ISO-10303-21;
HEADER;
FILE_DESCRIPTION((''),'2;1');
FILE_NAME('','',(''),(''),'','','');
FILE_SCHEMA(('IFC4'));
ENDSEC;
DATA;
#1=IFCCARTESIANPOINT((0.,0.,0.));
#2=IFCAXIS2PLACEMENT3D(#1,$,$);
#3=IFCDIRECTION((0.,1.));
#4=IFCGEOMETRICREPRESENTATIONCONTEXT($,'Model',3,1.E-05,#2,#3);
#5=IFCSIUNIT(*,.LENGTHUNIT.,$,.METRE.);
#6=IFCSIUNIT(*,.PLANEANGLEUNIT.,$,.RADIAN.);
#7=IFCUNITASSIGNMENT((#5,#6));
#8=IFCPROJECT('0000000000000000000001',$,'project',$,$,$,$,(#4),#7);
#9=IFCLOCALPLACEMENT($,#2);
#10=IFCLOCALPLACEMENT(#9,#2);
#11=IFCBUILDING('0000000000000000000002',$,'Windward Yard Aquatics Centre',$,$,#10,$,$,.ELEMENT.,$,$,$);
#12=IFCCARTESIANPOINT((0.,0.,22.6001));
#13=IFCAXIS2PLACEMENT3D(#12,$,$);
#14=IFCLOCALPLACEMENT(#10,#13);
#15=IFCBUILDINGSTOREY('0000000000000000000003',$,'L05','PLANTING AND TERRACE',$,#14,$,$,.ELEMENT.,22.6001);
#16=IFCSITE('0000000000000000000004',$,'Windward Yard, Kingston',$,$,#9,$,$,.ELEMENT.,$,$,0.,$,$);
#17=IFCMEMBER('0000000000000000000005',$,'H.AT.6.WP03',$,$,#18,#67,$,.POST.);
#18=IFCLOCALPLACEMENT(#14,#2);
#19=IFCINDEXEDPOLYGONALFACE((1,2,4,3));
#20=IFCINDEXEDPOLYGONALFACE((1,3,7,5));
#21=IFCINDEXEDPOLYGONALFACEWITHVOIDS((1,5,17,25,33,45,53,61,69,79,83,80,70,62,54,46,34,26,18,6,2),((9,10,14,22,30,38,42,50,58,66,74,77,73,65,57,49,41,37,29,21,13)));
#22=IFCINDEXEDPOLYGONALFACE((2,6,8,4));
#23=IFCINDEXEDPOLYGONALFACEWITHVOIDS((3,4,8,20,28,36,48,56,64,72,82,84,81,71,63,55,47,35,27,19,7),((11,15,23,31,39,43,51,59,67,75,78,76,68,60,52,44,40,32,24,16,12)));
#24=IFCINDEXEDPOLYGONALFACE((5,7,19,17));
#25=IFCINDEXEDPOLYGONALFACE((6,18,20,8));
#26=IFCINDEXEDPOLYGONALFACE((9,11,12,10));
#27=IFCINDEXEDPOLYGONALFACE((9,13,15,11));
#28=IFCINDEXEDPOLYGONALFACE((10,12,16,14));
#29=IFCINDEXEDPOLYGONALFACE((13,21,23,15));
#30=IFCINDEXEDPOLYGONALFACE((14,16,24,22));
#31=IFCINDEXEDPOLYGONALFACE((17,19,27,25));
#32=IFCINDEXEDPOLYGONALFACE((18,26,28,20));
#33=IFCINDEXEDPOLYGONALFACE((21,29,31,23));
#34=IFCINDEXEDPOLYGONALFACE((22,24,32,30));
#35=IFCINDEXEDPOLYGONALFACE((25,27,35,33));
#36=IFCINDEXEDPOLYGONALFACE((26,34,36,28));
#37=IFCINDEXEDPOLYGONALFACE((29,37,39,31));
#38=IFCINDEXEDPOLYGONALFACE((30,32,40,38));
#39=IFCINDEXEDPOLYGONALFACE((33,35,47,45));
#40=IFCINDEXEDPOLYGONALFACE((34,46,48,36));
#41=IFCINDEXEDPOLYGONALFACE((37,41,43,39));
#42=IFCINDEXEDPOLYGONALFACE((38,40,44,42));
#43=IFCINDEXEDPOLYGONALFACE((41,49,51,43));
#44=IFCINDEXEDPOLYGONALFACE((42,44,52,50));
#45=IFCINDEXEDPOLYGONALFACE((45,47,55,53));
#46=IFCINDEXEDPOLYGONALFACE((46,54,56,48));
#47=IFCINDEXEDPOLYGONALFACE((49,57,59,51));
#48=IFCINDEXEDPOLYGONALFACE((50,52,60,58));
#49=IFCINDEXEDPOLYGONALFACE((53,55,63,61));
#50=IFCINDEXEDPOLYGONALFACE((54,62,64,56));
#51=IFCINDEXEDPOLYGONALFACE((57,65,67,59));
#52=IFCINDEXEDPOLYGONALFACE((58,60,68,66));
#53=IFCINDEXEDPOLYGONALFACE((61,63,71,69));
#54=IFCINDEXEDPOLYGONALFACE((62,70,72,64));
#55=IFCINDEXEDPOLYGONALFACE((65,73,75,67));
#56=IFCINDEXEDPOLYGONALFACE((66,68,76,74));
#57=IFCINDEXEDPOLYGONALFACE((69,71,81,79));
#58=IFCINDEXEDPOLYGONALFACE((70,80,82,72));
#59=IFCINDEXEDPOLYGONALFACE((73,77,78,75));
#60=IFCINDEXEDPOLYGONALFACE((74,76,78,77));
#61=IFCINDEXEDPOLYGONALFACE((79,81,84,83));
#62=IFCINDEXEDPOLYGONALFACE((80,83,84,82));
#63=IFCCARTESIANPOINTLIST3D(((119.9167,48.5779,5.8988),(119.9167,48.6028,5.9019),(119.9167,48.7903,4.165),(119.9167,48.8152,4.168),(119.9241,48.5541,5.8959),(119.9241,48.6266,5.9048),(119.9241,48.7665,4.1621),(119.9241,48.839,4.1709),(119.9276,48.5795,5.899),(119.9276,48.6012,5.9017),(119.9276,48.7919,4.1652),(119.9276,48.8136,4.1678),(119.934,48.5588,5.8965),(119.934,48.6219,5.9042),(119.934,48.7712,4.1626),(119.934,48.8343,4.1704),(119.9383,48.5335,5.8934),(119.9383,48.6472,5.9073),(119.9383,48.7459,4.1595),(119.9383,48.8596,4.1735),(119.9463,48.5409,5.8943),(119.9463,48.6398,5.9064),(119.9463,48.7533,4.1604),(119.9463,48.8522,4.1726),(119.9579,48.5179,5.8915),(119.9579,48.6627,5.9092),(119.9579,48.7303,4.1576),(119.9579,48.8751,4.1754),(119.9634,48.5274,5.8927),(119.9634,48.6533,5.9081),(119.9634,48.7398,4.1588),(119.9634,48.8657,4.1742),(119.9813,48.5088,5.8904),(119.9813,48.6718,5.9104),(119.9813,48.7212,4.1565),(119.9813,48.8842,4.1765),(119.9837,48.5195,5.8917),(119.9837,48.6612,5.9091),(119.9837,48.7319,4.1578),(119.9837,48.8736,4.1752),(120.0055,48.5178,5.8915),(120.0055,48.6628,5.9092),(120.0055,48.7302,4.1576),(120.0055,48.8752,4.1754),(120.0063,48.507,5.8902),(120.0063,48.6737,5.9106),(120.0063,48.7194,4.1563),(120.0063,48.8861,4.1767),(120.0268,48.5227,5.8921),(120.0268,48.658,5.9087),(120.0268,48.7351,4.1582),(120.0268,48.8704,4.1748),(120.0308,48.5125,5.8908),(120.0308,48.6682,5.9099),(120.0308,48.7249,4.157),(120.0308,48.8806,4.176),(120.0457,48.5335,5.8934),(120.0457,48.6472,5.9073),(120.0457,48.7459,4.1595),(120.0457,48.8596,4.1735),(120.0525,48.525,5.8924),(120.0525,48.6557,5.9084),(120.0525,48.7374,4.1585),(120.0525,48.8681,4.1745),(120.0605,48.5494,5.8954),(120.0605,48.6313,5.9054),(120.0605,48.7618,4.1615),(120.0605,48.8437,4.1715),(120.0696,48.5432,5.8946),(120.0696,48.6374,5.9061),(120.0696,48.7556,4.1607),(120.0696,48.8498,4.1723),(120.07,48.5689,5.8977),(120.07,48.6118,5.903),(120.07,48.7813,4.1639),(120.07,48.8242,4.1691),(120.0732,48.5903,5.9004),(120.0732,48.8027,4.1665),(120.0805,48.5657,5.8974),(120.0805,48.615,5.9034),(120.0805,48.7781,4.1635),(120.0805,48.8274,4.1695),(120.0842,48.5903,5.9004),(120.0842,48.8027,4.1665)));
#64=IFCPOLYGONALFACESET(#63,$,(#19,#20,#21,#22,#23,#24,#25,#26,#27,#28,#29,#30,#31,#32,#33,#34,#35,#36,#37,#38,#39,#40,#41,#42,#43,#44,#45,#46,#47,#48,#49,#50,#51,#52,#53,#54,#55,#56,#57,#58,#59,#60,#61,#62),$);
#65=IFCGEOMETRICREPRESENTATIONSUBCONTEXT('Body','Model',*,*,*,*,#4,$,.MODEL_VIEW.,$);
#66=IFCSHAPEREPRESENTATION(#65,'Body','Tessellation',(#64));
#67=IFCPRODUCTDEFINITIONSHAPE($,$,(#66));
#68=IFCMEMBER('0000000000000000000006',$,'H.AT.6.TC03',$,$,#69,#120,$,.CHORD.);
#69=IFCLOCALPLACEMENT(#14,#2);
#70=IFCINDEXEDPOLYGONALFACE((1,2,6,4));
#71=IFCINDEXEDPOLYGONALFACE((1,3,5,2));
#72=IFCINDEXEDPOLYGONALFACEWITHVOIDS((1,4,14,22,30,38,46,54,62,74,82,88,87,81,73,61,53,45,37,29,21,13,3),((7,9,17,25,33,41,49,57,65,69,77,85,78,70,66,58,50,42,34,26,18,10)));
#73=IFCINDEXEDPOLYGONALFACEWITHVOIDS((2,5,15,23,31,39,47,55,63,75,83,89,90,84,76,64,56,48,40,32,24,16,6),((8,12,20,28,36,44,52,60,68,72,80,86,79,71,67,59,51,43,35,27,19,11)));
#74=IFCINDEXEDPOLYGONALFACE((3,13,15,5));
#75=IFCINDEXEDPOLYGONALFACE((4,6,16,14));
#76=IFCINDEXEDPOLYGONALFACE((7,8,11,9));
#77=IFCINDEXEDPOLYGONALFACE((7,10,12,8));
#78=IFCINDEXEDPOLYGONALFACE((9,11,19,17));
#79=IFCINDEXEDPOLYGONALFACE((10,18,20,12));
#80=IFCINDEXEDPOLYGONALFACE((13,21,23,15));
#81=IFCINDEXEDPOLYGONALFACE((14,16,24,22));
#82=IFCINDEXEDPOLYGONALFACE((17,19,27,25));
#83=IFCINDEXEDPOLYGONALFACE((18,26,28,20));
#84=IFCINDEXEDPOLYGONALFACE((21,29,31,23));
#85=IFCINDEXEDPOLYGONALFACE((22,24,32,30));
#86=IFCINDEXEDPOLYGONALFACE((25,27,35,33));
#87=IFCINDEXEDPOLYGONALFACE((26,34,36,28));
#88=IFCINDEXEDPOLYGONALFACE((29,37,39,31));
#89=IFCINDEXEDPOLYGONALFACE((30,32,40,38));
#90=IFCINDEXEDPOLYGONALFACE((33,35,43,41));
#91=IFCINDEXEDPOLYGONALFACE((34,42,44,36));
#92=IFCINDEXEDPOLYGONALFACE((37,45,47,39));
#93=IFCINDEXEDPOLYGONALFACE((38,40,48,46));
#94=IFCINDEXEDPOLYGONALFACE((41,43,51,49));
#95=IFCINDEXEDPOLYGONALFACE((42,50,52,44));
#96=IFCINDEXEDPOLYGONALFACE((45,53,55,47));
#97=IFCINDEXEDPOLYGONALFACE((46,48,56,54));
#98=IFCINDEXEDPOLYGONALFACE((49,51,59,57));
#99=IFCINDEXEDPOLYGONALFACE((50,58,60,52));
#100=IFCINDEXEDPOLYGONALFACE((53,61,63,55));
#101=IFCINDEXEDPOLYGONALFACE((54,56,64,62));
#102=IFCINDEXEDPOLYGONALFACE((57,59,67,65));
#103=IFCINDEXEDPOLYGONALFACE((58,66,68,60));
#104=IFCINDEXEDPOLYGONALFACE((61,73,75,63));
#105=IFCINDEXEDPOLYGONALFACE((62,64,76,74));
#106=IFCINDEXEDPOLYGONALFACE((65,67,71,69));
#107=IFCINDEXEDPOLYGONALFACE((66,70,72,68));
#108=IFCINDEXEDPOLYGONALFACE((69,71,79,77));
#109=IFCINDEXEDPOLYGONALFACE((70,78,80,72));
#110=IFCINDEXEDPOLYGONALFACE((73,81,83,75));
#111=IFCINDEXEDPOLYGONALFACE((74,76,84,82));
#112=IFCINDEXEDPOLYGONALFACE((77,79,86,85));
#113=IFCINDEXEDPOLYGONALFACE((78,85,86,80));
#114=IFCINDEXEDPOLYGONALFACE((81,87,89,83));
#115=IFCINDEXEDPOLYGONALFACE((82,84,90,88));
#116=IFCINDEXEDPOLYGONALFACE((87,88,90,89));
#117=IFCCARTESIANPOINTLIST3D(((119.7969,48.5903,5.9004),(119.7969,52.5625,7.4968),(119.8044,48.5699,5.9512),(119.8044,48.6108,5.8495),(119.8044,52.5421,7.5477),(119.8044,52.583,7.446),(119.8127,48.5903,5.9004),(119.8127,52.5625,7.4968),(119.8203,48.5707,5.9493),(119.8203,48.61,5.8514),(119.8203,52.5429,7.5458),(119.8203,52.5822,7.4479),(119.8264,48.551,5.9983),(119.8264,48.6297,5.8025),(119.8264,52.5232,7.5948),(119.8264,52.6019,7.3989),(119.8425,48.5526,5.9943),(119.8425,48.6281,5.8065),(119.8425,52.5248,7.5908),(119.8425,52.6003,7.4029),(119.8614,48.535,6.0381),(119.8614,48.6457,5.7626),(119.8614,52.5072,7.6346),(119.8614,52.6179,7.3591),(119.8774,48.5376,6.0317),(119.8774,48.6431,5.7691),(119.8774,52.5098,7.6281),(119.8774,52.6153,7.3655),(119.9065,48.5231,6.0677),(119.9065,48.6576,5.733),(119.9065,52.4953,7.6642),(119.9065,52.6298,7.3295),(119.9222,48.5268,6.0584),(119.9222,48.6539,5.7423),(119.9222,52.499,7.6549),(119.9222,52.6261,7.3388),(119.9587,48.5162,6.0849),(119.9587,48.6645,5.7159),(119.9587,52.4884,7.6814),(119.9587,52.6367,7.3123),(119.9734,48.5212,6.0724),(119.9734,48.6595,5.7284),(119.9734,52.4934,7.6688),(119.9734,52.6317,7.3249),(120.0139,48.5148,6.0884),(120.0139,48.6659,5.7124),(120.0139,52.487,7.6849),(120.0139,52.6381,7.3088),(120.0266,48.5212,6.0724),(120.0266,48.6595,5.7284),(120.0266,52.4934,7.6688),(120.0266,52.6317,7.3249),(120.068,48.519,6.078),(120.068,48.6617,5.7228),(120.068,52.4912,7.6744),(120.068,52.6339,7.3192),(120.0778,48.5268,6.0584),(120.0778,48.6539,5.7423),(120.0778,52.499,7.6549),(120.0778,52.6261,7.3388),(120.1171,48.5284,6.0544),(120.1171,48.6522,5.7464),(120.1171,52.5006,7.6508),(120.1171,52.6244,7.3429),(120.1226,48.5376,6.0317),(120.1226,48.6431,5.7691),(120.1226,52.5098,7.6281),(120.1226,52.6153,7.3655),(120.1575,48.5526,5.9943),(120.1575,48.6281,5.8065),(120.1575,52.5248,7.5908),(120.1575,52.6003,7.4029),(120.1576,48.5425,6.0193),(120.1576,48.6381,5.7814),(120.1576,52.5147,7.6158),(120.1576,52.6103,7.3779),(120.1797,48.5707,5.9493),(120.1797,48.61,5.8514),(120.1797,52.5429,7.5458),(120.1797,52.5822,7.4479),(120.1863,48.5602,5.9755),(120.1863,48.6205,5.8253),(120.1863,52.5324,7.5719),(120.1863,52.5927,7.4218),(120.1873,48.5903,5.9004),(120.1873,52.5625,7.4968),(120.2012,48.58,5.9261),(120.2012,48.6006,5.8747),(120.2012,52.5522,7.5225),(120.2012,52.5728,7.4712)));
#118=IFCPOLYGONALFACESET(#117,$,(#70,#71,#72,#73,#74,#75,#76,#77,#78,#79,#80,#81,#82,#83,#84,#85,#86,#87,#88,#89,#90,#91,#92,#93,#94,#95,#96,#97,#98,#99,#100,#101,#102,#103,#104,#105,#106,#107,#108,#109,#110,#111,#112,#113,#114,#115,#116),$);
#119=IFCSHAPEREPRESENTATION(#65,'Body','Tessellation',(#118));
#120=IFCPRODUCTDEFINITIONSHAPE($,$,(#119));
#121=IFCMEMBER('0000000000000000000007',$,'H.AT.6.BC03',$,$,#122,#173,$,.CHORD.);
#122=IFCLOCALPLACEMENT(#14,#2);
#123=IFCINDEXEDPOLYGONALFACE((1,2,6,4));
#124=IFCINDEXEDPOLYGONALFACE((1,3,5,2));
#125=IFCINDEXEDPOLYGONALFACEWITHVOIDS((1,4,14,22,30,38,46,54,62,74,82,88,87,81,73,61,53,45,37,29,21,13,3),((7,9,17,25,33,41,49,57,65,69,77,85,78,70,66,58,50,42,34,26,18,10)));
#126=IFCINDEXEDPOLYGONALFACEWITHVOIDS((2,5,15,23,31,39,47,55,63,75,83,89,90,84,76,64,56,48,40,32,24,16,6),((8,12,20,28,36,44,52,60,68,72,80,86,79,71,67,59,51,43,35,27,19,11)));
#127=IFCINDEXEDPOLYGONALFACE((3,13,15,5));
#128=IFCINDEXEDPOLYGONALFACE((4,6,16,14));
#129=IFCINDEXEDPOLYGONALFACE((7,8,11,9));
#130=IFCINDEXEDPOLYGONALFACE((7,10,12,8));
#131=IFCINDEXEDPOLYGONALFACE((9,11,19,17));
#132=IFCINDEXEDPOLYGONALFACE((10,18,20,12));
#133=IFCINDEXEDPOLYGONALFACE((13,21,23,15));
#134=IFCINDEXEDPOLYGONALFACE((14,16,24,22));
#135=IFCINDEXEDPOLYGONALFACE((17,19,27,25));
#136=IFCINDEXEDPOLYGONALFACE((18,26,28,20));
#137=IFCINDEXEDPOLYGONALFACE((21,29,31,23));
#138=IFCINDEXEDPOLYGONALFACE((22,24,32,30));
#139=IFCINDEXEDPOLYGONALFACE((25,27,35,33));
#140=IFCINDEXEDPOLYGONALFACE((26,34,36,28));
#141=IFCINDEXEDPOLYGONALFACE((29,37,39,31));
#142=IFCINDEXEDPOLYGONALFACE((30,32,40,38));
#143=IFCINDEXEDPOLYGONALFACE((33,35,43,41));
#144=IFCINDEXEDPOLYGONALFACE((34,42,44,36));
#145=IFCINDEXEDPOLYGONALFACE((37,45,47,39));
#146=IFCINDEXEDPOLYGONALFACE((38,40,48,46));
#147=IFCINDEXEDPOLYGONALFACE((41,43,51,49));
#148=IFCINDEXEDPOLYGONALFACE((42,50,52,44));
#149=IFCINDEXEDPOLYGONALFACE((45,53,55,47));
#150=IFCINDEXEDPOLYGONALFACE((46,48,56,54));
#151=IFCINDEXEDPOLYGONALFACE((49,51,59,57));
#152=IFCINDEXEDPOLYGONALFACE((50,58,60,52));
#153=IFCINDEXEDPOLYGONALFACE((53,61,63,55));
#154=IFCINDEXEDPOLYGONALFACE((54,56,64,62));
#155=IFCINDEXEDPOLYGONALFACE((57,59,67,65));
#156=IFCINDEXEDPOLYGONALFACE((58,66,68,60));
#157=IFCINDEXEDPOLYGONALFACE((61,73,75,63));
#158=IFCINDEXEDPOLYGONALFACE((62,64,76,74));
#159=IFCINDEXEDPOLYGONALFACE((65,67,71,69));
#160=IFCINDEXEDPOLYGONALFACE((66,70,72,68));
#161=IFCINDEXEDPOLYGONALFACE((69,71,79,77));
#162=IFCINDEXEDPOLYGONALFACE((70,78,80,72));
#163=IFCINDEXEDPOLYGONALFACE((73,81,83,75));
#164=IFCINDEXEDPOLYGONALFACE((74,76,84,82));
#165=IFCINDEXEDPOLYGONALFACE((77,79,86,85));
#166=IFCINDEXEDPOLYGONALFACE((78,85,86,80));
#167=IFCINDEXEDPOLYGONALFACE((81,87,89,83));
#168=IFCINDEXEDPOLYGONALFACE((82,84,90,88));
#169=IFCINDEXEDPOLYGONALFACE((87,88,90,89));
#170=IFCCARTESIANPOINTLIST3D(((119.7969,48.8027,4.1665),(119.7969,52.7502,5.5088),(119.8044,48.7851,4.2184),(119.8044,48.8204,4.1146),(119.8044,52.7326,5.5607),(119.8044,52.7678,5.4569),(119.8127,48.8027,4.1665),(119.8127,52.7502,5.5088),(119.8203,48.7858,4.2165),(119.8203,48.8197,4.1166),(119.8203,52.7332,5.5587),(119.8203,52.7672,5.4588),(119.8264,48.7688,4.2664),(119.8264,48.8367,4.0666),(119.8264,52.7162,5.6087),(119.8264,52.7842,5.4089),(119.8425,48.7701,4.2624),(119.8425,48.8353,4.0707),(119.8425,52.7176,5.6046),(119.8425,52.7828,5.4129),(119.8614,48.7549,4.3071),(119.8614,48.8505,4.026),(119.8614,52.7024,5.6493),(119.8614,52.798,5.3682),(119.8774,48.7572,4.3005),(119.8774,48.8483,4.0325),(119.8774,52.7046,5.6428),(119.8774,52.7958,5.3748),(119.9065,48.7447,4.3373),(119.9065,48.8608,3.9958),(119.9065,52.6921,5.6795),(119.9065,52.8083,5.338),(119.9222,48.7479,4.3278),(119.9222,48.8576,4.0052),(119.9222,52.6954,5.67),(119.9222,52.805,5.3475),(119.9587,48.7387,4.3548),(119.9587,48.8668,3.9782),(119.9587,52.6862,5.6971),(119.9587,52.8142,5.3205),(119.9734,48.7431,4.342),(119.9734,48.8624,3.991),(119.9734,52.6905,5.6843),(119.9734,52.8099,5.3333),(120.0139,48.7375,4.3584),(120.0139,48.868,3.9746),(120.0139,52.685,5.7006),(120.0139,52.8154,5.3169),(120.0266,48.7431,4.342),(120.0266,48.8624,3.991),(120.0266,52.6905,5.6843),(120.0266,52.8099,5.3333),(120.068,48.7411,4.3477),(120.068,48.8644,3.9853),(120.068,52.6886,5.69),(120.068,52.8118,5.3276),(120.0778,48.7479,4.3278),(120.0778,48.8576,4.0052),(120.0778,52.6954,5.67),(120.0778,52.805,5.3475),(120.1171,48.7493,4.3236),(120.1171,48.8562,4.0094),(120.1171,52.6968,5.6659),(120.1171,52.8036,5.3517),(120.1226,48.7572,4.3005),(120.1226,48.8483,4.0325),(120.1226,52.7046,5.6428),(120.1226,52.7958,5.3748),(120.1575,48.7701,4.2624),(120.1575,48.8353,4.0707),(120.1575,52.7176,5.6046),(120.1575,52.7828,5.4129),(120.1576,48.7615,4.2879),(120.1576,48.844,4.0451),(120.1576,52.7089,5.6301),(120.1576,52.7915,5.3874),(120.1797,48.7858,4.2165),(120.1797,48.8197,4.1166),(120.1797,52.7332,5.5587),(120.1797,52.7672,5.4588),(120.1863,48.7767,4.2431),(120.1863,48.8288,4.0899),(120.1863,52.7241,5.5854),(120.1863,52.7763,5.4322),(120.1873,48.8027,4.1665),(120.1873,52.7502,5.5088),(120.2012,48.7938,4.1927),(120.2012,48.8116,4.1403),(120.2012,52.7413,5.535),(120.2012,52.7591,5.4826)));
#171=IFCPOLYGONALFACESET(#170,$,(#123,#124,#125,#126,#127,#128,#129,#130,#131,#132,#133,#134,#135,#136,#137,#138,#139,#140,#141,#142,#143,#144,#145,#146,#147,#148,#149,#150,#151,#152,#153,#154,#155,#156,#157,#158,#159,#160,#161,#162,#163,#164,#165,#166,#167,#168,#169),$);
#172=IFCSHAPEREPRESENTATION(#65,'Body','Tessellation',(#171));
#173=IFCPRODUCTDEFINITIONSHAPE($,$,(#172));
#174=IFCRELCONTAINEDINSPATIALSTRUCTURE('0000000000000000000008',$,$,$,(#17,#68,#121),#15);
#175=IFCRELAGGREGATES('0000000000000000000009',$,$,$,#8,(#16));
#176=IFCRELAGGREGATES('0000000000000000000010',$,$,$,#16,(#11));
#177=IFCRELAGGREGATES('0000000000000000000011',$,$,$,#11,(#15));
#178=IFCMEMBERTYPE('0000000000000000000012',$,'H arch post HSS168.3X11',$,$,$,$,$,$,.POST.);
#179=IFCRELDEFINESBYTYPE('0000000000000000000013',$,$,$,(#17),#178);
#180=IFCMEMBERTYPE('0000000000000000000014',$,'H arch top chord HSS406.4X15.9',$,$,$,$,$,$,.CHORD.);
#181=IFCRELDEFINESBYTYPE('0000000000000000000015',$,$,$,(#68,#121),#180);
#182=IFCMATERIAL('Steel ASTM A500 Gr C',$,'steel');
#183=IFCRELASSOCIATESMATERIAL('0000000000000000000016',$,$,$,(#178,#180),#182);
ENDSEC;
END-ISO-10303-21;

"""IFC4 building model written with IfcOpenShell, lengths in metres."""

from ifc_helpers import new_model, si_unit, direction, frame, origin, origin_2d, place, context, subcontext, project, spatial, hollow_circle, extrude, material, material_profile, profile_set, type_object, element, save


model = new_model("IFC4")

# Units and contexts
model_context = context("Model", 3, precision=1e-05, world=origin(), true_north=direction((0.0, 1.0)))
body_context = subcontext(model_context, "Body", "Model", "MODEL_VIEW")
ifc_project = project(units=[si_unit("LENGTHUNIT", "METRE"), si_unit("PLANEANGLEUNIT", "RADIAN")], contexts=[model_context])

# Site, building, storey
site_placement = place(None, origin())
site = spatial("IfcSite", under=ifc_project, at=site_placement, Name="Windward Yard, Kingston", CompositionType="ELEMENT", RefElevation=0.0)
building_placement = place(site_placement, origin())
building = spatial("IfcBuilding", under=site, at=building_placement, Name="Windward Yard Aquatics Centre", CompositionType="ELEMENT")
storey_placement = place(building_placement, frame((0.0, 0.0, 22.6001)))
storey = spatial("IfcBuildingStorey", under=building, at=storey_placement, Name="L05", Description="PLANTING AND TERRACE", CompositionType="ELEMENT", Elevation=22.6001)

# Members
ifc_material_1 = material(Name="Steel ASTM A500 Gr C", Category="steel")
ifc_material_profile_1 = material_profile(ifc_material_1, hollow_circle(Radius=0.0842, WallThickness=0.011, at=origin_2d()), Name="HSS168.3X11")
ifc_profile_set_1 = profile_set([ifc_material_profile_1], Name="Steel ASTM A500 Gr C")
member_type_1 = type_object("IfcMemberType", Name="H arch post HSS168.3X11", PredefinedType="POST", material=ifc_profile_set_1)
member_1_placement = place(storey_placement, frame((120.0, 48.8027, 4.1665), z_axis=(0.0, -0.121592, 0.99258), x_axis=(1.0, 0.0, 0.0)))
element("IfcMember", 1, at=member_1_placement, inside=storey, type_object=member_type_1, Name="H.AT.6.WP03", PredefinedType="POST", context=body_context, shape_type="SweptSolid", body=[
    extrude(hollow_circle(Radius=0.0842, WallThickness=0.011, at=origin_2d()), origin(), (0.0, 0.0, 1.0), 1.7468),
])
ifc_material_profile_2 = material_profile(ifc_material_1, hollow_circle(Radius=0.2031, WallThickness=0.0159, at=origin_2d()), Name="HSS406.4X15.9")
ifc_profile_set_2 = profile_set([ifc_material_profile_2], Name="Steel ASTM A500 Gr C")
member_type_2 = type_object("IfcMemberType", Name="H arch top chord HSS406.4X15.9", PredefinedType="CHORD", material=ifc_profile_set_2)
member_2_placement = place(storey_placement, frame((120.0, 48.5903, 5.9004), z_axis=(0.0, 0.927866, 0.372914), x_axis=(-1.0, 0.0, 0.0)))
element("IfcMember", 2, at=member_2_placement, inside=storey, type_object=member_type_2, Name="H.AT.6.TC03", PredefinedType="CHORD", context=body_context, shape_type="SweptSolid", body=[
    extrude(hollow_circle(Radius=0.2031, WallThickness=0.0159, at=origin_2d()), origin(), (0.0, 0.0, 1.0), 4.281),
])
member_3_placement = place(storey_placement, frame((120.0, 48.8027, 4.1665), z_axis=(0.0, 0.946763, 0.321931), x_axis=(-1.0, 0.0, 0.0)))
element("IfcMember", 3, at=member_3_placement, inside=storey, type_object=member_type_2, Name="H.AT.6.BC03", PredefinedType="CHORD", context=body_context, shape_type="SweptSolid", body=[
    extrude(hollow_circle(Radius=0.2031, WallThickness=0.0159, at=origin_2d()), origin(), (0.0, 0.0, 1.0), 4.1694),
])

save(model, "model.ifc")
